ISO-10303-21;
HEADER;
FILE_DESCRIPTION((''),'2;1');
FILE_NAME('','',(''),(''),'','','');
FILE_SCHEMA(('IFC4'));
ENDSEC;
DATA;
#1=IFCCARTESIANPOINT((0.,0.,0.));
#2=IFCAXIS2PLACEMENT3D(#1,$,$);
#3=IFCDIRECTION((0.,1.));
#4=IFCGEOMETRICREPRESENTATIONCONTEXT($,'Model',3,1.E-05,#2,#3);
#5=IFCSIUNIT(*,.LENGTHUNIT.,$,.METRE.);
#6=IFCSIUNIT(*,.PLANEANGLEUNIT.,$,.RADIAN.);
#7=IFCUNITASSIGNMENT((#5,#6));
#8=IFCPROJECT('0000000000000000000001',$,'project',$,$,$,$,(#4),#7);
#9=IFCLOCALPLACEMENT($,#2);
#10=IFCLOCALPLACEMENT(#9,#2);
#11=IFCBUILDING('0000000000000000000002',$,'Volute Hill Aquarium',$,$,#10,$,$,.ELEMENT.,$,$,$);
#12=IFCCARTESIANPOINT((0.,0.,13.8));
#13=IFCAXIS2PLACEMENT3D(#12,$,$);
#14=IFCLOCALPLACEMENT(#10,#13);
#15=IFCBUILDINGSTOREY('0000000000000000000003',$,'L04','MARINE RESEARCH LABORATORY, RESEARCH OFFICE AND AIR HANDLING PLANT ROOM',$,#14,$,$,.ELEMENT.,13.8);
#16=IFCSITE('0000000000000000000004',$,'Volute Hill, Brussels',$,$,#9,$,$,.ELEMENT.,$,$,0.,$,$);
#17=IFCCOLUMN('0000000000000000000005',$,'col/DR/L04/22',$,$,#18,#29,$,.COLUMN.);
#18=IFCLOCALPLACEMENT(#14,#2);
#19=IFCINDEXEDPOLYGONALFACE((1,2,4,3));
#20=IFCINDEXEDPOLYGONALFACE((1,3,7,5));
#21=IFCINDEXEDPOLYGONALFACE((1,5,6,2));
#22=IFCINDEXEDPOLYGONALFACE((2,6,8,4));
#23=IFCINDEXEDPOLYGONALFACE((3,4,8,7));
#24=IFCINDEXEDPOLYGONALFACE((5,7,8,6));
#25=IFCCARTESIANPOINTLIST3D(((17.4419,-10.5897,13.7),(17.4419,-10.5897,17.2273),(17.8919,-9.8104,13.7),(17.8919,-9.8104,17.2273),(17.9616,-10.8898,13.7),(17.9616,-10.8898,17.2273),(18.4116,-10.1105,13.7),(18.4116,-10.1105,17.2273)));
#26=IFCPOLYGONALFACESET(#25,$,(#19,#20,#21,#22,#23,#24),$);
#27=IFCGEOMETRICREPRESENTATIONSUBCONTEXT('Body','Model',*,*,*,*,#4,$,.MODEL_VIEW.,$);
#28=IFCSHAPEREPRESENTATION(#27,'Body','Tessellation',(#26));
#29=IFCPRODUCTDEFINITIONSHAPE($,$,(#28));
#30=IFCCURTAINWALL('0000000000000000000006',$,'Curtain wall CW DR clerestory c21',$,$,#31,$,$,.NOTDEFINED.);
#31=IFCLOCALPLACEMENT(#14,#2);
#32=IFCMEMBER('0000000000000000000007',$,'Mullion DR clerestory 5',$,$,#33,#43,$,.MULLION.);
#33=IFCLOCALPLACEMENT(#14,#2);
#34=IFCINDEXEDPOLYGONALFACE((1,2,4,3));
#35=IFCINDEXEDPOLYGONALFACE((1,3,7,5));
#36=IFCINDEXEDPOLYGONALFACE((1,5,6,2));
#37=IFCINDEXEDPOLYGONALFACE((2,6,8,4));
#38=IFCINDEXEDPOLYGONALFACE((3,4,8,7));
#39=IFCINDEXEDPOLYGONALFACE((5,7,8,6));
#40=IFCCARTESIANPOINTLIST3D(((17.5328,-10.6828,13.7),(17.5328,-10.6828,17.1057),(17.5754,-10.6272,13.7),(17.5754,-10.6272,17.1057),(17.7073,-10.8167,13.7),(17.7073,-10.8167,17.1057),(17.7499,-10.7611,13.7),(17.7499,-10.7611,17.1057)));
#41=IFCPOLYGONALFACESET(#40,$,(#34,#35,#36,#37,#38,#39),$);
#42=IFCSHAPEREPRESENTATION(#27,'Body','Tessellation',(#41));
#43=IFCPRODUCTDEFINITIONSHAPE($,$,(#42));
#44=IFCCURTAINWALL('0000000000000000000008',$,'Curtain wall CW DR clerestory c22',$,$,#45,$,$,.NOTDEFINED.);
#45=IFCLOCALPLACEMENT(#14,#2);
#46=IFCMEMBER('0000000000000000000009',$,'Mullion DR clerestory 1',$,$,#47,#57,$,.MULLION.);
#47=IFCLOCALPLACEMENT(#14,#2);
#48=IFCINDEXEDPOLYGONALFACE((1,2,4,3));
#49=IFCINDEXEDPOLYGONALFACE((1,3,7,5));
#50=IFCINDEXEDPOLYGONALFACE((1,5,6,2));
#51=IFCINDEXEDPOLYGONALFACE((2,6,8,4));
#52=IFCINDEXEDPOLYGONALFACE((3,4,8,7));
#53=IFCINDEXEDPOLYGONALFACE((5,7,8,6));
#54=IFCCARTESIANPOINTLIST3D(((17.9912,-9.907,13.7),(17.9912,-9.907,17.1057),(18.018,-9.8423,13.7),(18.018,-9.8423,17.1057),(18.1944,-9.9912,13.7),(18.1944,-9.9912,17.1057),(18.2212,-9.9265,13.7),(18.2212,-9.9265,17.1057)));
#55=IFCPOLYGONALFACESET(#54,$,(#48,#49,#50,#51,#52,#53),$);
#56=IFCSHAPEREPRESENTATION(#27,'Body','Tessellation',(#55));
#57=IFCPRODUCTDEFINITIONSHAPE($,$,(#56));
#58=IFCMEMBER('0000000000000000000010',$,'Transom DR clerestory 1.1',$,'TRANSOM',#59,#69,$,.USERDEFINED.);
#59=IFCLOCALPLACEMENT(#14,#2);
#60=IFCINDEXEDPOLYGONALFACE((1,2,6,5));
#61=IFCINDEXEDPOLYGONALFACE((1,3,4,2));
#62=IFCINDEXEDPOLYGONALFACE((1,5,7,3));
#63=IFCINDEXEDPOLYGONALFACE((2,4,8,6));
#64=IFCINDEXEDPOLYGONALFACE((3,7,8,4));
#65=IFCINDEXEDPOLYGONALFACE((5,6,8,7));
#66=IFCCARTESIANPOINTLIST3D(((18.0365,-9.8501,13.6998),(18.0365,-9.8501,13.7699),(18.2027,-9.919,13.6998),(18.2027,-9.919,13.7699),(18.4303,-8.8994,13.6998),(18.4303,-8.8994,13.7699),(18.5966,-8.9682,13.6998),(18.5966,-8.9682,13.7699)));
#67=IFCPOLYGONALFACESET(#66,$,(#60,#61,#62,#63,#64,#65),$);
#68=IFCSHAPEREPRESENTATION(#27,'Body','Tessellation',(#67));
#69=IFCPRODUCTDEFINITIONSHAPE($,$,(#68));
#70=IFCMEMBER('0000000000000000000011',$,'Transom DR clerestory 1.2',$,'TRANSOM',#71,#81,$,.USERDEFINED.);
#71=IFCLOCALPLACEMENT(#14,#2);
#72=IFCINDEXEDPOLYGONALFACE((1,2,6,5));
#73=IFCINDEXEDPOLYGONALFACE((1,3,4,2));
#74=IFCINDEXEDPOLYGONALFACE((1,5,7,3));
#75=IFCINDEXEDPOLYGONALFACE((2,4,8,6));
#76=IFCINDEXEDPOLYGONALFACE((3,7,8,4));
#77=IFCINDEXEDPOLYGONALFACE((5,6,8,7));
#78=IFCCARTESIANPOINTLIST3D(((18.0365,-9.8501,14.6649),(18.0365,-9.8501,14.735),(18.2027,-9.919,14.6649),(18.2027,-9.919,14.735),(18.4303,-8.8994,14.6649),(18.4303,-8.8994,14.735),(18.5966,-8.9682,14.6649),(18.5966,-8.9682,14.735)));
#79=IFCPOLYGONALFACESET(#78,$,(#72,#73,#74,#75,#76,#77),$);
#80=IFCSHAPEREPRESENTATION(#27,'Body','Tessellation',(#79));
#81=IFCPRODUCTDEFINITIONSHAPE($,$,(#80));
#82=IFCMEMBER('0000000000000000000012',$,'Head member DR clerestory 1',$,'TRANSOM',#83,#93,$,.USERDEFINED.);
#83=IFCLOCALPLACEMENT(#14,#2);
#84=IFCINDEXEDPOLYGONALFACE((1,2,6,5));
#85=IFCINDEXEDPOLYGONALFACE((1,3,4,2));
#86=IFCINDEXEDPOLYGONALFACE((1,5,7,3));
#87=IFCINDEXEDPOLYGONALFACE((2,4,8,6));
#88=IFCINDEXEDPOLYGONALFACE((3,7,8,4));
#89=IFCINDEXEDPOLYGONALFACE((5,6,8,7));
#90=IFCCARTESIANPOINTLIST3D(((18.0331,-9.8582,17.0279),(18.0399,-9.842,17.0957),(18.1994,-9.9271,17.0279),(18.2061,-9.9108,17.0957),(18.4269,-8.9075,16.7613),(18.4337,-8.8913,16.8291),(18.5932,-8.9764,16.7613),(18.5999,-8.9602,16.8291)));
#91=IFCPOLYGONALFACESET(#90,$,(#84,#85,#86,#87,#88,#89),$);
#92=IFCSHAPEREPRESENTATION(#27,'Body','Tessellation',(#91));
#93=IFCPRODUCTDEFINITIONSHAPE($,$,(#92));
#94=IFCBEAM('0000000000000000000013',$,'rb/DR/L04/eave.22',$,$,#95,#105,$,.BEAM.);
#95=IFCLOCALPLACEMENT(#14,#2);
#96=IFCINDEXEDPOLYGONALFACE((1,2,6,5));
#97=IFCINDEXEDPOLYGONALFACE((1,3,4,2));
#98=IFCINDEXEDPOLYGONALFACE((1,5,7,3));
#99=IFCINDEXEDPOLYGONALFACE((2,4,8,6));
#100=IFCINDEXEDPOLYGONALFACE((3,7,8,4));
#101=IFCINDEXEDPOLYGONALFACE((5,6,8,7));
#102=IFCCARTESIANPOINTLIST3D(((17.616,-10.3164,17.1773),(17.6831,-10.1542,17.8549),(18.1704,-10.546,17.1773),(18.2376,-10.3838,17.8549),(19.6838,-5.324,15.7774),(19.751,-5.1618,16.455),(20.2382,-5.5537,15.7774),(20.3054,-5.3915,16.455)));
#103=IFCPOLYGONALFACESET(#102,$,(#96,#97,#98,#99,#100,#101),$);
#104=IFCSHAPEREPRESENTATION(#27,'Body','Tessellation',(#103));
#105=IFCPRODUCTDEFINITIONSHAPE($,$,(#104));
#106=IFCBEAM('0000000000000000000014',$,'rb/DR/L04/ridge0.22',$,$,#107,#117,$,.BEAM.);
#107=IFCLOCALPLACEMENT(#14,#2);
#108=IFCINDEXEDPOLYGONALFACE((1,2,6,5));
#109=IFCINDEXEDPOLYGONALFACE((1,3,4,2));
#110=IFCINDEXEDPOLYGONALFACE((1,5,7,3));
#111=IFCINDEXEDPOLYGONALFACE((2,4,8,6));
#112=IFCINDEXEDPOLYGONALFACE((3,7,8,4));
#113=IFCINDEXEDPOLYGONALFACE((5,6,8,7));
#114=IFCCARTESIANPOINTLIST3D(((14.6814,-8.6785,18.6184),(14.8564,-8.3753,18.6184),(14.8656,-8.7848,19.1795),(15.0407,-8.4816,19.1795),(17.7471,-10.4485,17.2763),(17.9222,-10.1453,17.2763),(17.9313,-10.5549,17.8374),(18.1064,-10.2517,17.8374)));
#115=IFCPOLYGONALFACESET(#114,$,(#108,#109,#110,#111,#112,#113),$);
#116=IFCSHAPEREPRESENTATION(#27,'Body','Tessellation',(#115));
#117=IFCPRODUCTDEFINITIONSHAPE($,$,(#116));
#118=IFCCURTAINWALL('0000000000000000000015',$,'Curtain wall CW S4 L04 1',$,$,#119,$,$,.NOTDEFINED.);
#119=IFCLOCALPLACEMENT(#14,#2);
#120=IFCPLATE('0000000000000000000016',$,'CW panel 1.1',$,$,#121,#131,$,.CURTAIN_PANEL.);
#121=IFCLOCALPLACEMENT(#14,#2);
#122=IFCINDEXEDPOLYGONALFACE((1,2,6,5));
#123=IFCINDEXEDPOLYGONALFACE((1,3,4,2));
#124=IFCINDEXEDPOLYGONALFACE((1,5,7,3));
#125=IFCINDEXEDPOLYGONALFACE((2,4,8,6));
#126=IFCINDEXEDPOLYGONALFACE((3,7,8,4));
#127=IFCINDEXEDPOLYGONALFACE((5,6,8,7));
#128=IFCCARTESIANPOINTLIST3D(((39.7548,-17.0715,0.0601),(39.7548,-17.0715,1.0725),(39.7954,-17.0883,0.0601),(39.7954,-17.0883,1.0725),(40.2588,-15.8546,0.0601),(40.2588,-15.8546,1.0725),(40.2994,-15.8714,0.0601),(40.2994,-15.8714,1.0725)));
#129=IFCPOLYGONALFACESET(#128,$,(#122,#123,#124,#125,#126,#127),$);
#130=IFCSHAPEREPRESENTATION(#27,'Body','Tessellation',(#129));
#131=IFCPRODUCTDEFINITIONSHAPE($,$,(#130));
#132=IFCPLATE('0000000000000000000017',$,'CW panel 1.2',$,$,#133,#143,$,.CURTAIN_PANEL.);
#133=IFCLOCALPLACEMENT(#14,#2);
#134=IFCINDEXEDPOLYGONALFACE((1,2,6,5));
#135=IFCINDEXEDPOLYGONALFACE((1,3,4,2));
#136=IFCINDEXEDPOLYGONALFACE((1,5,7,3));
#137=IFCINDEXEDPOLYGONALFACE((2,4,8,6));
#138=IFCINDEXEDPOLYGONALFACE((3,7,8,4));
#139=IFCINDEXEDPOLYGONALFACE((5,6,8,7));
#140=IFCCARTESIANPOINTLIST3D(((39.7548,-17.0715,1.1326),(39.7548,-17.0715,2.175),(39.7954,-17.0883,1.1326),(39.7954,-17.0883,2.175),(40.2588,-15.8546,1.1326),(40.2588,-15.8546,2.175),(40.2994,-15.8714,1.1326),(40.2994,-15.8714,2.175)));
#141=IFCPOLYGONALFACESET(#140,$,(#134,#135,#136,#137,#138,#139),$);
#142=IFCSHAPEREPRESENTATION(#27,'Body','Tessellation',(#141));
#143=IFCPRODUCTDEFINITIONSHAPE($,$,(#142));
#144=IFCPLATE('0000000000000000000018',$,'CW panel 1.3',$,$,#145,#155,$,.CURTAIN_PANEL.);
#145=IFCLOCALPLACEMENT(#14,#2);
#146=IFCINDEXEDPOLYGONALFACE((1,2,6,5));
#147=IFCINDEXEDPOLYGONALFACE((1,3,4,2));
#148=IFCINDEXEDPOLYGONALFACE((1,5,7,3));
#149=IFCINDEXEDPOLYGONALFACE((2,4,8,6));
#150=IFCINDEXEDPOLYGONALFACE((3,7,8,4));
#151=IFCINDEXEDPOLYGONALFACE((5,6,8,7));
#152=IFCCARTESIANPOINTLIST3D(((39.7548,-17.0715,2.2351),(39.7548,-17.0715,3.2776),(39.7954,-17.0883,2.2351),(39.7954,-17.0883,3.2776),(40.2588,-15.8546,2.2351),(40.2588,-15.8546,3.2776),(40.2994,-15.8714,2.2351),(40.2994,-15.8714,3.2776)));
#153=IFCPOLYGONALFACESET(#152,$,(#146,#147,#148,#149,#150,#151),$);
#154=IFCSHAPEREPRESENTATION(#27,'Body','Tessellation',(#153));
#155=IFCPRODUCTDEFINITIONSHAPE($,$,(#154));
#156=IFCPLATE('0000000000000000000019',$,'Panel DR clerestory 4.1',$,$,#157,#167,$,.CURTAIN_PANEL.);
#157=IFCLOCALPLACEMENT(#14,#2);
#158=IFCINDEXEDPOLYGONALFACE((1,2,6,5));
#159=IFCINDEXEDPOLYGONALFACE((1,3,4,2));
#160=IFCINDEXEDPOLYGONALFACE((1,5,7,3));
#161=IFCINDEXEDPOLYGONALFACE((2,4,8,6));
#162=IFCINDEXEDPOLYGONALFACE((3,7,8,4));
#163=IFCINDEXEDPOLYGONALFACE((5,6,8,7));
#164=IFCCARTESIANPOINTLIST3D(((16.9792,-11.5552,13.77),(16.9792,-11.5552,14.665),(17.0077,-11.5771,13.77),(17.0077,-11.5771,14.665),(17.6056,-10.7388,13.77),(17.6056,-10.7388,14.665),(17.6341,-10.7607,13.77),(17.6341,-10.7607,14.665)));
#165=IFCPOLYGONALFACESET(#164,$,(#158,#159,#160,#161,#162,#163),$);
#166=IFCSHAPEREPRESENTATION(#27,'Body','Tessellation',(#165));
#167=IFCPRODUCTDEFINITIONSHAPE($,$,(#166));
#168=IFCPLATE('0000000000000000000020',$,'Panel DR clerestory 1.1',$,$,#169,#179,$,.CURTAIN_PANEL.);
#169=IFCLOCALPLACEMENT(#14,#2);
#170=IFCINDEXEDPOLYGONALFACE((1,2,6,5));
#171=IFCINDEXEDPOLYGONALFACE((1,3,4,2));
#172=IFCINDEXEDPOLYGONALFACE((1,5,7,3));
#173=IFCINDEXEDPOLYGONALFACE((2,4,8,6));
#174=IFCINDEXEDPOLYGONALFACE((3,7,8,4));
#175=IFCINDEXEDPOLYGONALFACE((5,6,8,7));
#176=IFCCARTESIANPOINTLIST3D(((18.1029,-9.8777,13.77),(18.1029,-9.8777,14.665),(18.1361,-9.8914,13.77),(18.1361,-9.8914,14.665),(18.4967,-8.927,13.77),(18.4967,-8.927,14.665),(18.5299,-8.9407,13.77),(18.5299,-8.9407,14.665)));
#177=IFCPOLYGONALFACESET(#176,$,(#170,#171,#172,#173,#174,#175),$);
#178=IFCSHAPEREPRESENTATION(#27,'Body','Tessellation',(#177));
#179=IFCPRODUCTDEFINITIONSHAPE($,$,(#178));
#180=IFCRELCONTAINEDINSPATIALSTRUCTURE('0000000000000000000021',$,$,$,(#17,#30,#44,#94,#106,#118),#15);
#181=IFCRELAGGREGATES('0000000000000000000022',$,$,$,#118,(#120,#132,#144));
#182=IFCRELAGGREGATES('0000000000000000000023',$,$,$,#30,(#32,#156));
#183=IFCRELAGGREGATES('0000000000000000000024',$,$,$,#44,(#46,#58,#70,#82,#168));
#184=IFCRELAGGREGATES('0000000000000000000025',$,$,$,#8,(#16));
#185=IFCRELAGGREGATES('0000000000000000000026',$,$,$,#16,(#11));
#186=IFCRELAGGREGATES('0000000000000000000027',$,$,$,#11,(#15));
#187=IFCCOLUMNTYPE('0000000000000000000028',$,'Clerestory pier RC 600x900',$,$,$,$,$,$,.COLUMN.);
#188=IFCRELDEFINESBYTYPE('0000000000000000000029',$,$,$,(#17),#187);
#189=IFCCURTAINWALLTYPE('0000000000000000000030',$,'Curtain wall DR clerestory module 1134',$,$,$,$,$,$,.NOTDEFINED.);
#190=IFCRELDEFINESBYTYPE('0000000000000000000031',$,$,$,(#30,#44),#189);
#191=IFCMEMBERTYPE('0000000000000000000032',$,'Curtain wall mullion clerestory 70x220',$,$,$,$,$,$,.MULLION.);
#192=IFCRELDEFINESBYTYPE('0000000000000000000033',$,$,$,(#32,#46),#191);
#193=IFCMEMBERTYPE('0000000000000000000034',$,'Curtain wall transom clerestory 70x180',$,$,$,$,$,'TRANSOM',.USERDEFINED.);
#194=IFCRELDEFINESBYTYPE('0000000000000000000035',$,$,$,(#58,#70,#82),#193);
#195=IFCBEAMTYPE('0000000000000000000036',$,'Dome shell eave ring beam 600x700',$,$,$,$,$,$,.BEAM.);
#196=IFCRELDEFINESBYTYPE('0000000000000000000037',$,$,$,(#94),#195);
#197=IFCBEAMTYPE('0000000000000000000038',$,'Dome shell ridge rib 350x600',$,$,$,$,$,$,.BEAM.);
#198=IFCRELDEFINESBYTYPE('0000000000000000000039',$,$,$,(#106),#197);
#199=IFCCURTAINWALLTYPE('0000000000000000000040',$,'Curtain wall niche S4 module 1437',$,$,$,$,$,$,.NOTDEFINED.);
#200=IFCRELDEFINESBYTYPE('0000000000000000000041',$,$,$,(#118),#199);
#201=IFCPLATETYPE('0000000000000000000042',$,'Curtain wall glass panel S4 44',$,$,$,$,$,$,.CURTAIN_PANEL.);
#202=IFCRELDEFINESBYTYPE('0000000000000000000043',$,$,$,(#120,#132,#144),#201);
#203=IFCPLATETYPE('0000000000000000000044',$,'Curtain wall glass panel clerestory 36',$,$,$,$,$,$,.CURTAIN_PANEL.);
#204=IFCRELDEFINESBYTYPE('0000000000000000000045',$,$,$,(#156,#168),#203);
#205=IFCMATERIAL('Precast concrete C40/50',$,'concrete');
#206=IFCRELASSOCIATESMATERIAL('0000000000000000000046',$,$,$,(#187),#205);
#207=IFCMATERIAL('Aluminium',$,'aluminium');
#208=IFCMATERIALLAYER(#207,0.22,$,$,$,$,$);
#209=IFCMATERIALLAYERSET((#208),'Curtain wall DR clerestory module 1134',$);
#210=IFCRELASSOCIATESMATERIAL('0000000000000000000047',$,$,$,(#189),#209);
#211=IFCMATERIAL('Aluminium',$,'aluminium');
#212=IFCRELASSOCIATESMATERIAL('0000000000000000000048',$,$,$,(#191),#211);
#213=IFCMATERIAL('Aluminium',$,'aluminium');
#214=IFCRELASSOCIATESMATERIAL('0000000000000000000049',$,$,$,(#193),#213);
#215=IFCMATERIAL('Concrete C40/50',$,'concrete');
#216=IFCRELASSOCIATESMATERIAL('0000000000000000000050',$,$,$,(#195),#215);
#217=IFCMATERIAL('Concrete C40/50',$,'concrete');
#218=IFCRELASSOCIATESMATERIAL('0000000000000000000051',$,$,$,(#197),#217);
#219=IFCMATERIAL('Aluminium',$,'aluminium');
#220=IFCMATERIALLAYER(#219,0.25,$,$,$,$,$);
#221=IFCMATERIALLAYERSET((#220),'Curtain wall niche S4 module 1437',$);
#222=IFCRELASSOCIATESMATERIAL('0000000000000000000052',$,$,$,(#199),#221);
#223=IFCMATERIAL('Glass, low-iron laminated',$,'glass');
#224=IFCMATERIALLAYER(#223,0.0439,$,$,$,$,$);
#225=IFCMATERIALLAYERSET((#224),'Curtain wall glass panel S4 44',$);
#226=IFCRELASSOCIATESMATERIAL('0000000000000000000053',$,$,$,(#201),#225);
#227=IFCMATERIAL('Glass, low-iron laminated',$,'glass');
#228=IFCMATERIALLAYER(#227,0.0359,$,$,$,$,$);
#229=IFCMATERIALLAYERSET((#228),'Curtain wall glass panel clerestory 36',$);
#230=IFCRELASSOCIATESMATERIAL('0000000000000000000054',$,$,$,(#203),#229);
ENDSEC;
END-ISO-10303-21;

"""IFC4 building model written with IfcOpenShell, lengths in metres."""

from ifc_helpers import new_model, si_unit, direction, frame, origin, origin_2d, place, context, subcontext, project, spatial, rectangle, extrude, material, layer, layer_set, material_profile, profile_set, type_object, element, aggregate, save


model = new_model("IFC4")

# Units and contexts
model_context = context("Model", 3, precision=1e-05, world=origin(), true_north=direction((0.0, 1.0)))
body_context = subcontext(model_context, "Body", "Model", "MODEL_VIEW")
ifc_project = project(units=[si_unit("LENGTHUNIT", "METRE"), si_unit("PLANEANGLEUNIT", "RADIAN")], contexts=[model_context])

# Site, building, storey
site_placement = place(None, origin())
site = spatial("IfcSite", under=ifc_project, at=site_placement, Name="Volute Hill, Brussels", CompositionType="ELEMENT", RefElevation=0.0)
building_placement = place(site_placement, origin())
building = spatial("IfcBuilding", under=site, at=building_placement, Name="Volute Hill Aquarium", CompositionType="ELEMENT")
storey_placement = place(building_placement, frame((0.0, 0.0, 13.8)))
storey = spatial("IfcBuildingStorey", under=building, at=storey_placement, Name="L04", Description="MARINE RESEARCH LABORATORY, RESEARCH OFFICE AND AIR HANDLING PLANT ROOM", CompositionType="ELEMENT", Elevation=13.8)

# Column
ifc_material_1 = material(Name="Precast concrete C40/50", Category="concrete")
ifc_material_profile_1 = material_profile(ifc_material_1, rectangle(XDim=0.6001, YDim=0.8999, at=origin_2d()), Name="RC pier 600x900")
ifc_profile_set_1 = profile_set([ifc_material_profile_1], Name="Precast concrete C40/50")
column_type = type_object("IfcColumnType", Name="Clerestory pier RC 600x900", PredefinedType="COLUMN", material=ifc_profile_set_1)
column_placement = place(storey_placement, frame((17.9268, -10.3501, 13.7), z_axis=(0.0, 0.0, 1.0), x_axis=(0.866025, -0.5, 0.0)))
element("IfcColumn", 1, at=column_placement, inside=storey, type_object=column_type, Name="col/DR/L04/22", PredefinedType="COLUMN", context=body_context, shape_type="SweptSolid", body=[
    extrude(rectangle(XDim=0.6001, YDim=0.8999, at=origin_2d()), origin(), (0.0, 0.0, 1.0), 3.5273),
])

# Curtain wall, member
ifc_material_2 = material(Name="Aluminium", Category="aluminium")
ifc_layer_1 = layer(ifc_material_2, 0.22)
ifc_layer_set_1 = layer_set([ifc_layer_1], Name="Curtain wall DR clerestory module 1134")
curtain_wall_type_1 = type_object("IfcCurtainWallType", Name="Curtain wall DR clerestory module 1134", PredefinedType="NOTDEFINED", material=ifc_layer_set_1)
curtain_wall_1_placement = place(storey_placement, origin())
curtain_wall_1 = element("IfcCurtainWall", 2, at=curtain_wall_1_placement, inside=storey, type_object=curtain_wall_type_1, Name="Curtain wall CW DR clerestory c21", PredefinedType="NOTDEFINED")
ifc_material_3 = material(Name="Aluminium", Category="aluminium")
ifc_material_profile_2 = material_profile(ifc_material_3, rectangle(XDim=0.22, YDim=0.0701, at=origin_2d()), Name="Curtain wall mullion clerestory 70x220")
ifc_profile_set_2 = profile_set([ifc_material_profile_2], Name="Aluminium")
member_type_1 = type_object("IfcMemberType", Name="Curtain wall mullion clerestory 70x220", PredefinedType="MULLION", material=ifc_profile_set_2)
member_1_placement = place(storey_placement, frame((17.6414, -10.7219, 13.7), z_axis=(0.0, 0.0, 1.0), x_axis=(-0.793354, 0.608761, 0.0)))
member_1 = element("IfcMember", 3, at=member_1_placement, type_object=member_type_1, Name="Mullion DR clerestory 5", PredefinedType="MULLION", context=body_context, shape_type="SweptSolid", body=[
    extrude(rectangle(XDim=0.22, YDim=0.0701, at=origin_2d()), origin(), (0.0, 0.0, 1.0), 3.4058),
])

# Curtain wall, members
curtain_wall_2_placement = place(storey_placement, origin())
curtain_wall_2 = element("IfcCurtainWall", 4, at=curtain_wall_2_placement, inside=storey, type_object=curtain_wall_type_1, Name="Curtain wall CW DR clerestory c22", PredefinedType="NOTDEFINED")
member_2_placement = place(storey_placement, frame((18.1062, -9.9167, 13.7), z_axis=(0.0, 0.0, 1.0), x_axis=(-0.923874, 0.382696, 0.0)))
member_2 = element("IfcMember", 5, at=member_2_placement, type_object=member_type_1, Name="Mullion DR clerestory 1", PredefinedType="MULLION", context=body_context, shape_type="SweptSolid", body=[
    extrude(rectangle(XDim=0.22, YDim=0.0701, at=origin_2d()), origin(), (0.0, 0.0, 1.0), 3.4058),
])
ifc_material_4 = material(Name="Aluminium", Category="aluminium")
ifc_material_profile_3 = material_profile(ifc_material_4, rectangle(XDim=0.1799, YDim=0.0701, at=origin_2d()), Name="Curtain wall transom clerestory 70x180")
ifc_profile_set_3 = profile_set([ifc_material_profile_3], Name="Aluminium")
member_type_2 = type_object("IfcMemberType", Name="Curtain wall transom clerestory 70x180", ElementType="TRANSOM", PredefinedType="USERDEFINED", material=ifc_profile_set_3)
member_3_placement = place(storey_placement, frame((18.1196, -9.8845, 13.7349), z_axis=(0.382694, 0.923875, 0.0), x_axis=(-0.923875, 0.382694, 0.0)))
member_3 = element("IfcMember", 6, at=member_3_placement, type_object=member_type_2, Name="Transom DR clerestory 1.1", ObjectType="TRANSOM", PredefinedType="USERDEFINED", context=body_context, shape_type="SweptSolid", body=[
    extrude(rectangle(XDim=0.1799, YDim=0.0701, at=origin_2d()), origin(), (0.0, 0.0, 1.0), 1.0291),
])
member_4_placement = place(storey_placement, frame((18.1196, -9.8845, 14.7), z_axis=(0.382694, 0.923875, 0.0), x_axis=(-0.923875, 0.382694, 0.0)))
member_4 = element("IfcMember", 7, at=member_4_placement, type_object=member_type_2, Name="Transom DR clerestory 1.2", ObjectType="TRANSOM", PredefinedType="USERDEFINED", context=body_context, shape_type="SweptSolid", body=[
    extrude(rectangle(XDim=0.1799, YDim=0.0701, at=origin_2d()), origin(), (0.0, 0.0, 1.0), 1.0291),
])
member_5_placement = place(storey_placement, frame((18.1196, -9.8845, 17.0618), z_axis=(0.370462, 0.894346, -0.250803), x_axis=(-0.923875, 0.382694, 0.0)))
member_5 = element("IfcMember", 8, at=member_5_placement, type_object=member_type_2, Name="Head member DR clerestory 1", ObjectType="TRANSOM", PredefinedType="USERDEFINED", context=body_context, shape_type="SweptSolid", body=[
    extrude(rectangle(XDim=0.1799, YDim=0.0701, at=origin_2d()), origin(), (0.0, 0.0, 1.0), 1.063),
])

# Beams
ifc_material_5 = material(Name="Concrete C40/50", Category="concrete")
ifc_material_profile_4 = material_profile(ifc_material_5, rectangle(XDim=0.6001, YDim=0.7, at=origin_2d()), Name="RC beam 600x700")
ifc_profile_set_4 = profile_set([ifc_material_profile_4], Name="Concrete C40/50")
beam_type_1 = type_object("IfcBeamType", Name="Dome shell eave ring beam 600x700", PredefinedType="BEAM", material=ifc_profile_set_4)
beam_1_placement = place(storey_placement, frame((17.9268, -10.3501, 17.5161), z_axis=(0.370445, 0.894359, -0.250783), x_axis=(-0.923884, 0.382674, 0.0)))
element("IfcBeam", 9, at=beam_1_placement, inside=storey, type_object=beam_type_1, Name="rb/DR/L04/eave.22", PredefinedType="BEAM", context=body_context, shape_type="SweptSolid", body=[
    extrude(rectangle(XDim=0.6001, YDim=0.7, at=origin_2d()), origin(), (0.0, 0.0, 1.0), 5.582),
])
ifc_material_6 = material(Name="Concrete C40/50", Category="concrete")
ifc_material_profile_5 = material_profile(ifc_material_6, rectangle(XDim=0.3501, YDim=0.6001, at=origin_2d()), Name="RC rib 350x600")
ifc_profile_set_5 = profile_set([ifc_material_profile_5], Name="Concrete C40/50")
beam_type_2 = type_object("IfcBeamType", Name="Dome shell ridge rib 350x600", PredefinedType="BEAM", material=ifc_profile_set_5)
beam_2_placement = place(storey_placement, frame((17.9268, -10.3501, 17.5569), z_axis=(-0.809779, 0.46754, 0.354492), x_axis=(-0.500011, -0.866019, 0.0)))
element("IfcBeam", 10, at=beam_2_placement, inside=storey, type_object=beam_type_2, Name="rb/DR/L04/ridge0.22", PredefinedType="BEAM", context=body_context, shape_type="SweptSolid", body=[
    extrude(rectangle(XDim=0.3501, YDim=0.6001, at=origin_2d()), origin(), (0.0, 0.0, 1.0), 3.7859),
])

# Curtain wall, plates
ifc_material_7 = material(Name="Aluminium", Category="aluminium")
ifc_layer_2 = layer(ifc_material_7, 0.25)
ifc_layer_set_2 = layer_set([ifc_layer_2], Name="Curtain wall niche S4 module 1437")
curtain_wall_type_2 = type_object("IfcCurtainWallType", Name="Curtain wall niche S4 module 1437", PredefinedType="NOTDEFINED", material=ifc_layer_set_2)
curtain_wall_3_placement = place(storey_placement, origin())
curtain_wall_3 = element("IfcCurtainWall", 11, at=curtain_wall_3_placement, inside=storey, type_object=curtain_wall_type_2, Name="Curtain wall CW S4 L04 1", PredefinedType="NOTDEFINED")
ifc_material_8 = material(Name="Glass, low-iron laminated", Category="glass")
ifc_layer_3 = layer(ifc_material_8, 0.0439)
ifc_layer_set_3 = layer_set([ifc_layer_3], Name="Curtain wall glass panel S4 44")
plate_type_1 = type_object("IfcPlateType", Name="Curtain wall glass panel S4 44", PredefinedType="CURTAIN_PANEL", material=ifc_layer_set_3)
plate_1_placement = place(storey_placement, frame((40.0271, -16.4714, 0.0601), z_axis=(0.0, 0.0, 1.0), x_axis=(0.382697, 0.923874, 0.0)))
plate_1 = element("IfcPlate", 12, at=plate_1_placement, type_object=plate_type_1, Name="CW panel 1.1", PredefinedType="CURTAIN_PANEL", context=body_context, shape_type="SweptSolid", body=[
    extrude(rectangle(XDim=1.3171, YDim=0.0439, at=origin_2d()), origin(), (0.0, 0.0, 1.0), 1.0125),
])
plate_2_placement = place(storey_placement, frame((40.0271, -16.4714, 1.1326), z_axis=(0.0, 0.0, 1.0), x_axis=(0.382697, 0.923874, 0.0)))
plate_2 = element("IfcPlate", 13, at=plate_2_placement, type_object=plate_type_1, Name="CW panel 1.2", PredefinedType="CURTAIN_PANEL", context=body_context, shape_type="SweptSolid", body=[
    extrude(rectangle(XDim=1.3171, YDim=0.0439, at=origin_2d()), origin(), (0.0, 0.0, 1.0), 1.0425),
])
plate_3_placement = place(storey_placement, frame((40.0271, -16.4714, 2.2351), z_axis=(0.0, 0.0, 1.0), x_axis=(0.382697, 0.923874, 0.0)))
plate_3 = element("IfcPlate", 14, at=plate_3_placement, type_object=plate_type_1, Name="CW panel 1.3", PredefinedType="CURTAIN_PANEL", context=body_context, shape_type="SweptSolid", body=[
    extrude(rectangle(XDim=1.3171, YDim=0.0439, at=origin_2d()), origin(), (0.0, 0.0, 1.0), 1.0425),
])
aggregate(curtain_wall_3, [plate_1, plate_2, plate_3])

# Plates
ifc_material_9 = material(Name="Glass, low-iron laminated", Category="glass")
ifc_layer_4 = layer(ifc_material_9, 0.0359)
ifc_layer_set_4 = layer_set([ifc_layer_4], Name="Curtain wall glass panel clerestory 36")
plate_type_2 = type_object("IfcPlateType", Name="Curtain wall glass panel clerestory 36", PredefinedType="CURTAIN_PANEL", material=ifc_layer_set_4)
plate_4_placement = place(storey_placement, frame((17.3066, -11.158, 13.77), z_axis=(0.0, 0.0, 1.0), x_axis=(0.608761, 0.793354, 0.0)))
plate_4 = element("IfcPlate", 15, at=plate_4_placement, type_object=plate_type_2, Name="Panel DR clerestory 4.1", PredefinedType="CURTAIN_PANEL", context=body_context, shape_type="SweptSolid", body=[
    extrude(rectangle(XDim=1.0291, YDim=0.0359, at=origin_2d()), origin(), (0.0, 0.0, 1.0), 0.895),
])
aggregate(curtain_wall_1, [member_1, plate_4])
plate_5_placement = place(storey_placement, frame((18.3164, -9.4092, 13.77), z_axis=(0.0, 0.0, 1.0), x_axis=(0.382696, 0.923874, 0.0)))
plate_5 = element("IfcPlate", 16, at=plate_5_placement, type_object=plate_type_2, Name="Panel DR clerestory 1.1", PredefinedType="CURTAIN_PANEL", context=body_context, shape_type="SweptSolid", body=[
    extrude(rectangle(XDim=1.0291, YDim=0.0359, at=origin_2d()), origin(), (0.0, 0.0, 1.0), 0.895),
])
aggregate(curtain_wall_2, [member_2, member_3, member_4, member_5, plate_5])

save(model, "model.ifc")
